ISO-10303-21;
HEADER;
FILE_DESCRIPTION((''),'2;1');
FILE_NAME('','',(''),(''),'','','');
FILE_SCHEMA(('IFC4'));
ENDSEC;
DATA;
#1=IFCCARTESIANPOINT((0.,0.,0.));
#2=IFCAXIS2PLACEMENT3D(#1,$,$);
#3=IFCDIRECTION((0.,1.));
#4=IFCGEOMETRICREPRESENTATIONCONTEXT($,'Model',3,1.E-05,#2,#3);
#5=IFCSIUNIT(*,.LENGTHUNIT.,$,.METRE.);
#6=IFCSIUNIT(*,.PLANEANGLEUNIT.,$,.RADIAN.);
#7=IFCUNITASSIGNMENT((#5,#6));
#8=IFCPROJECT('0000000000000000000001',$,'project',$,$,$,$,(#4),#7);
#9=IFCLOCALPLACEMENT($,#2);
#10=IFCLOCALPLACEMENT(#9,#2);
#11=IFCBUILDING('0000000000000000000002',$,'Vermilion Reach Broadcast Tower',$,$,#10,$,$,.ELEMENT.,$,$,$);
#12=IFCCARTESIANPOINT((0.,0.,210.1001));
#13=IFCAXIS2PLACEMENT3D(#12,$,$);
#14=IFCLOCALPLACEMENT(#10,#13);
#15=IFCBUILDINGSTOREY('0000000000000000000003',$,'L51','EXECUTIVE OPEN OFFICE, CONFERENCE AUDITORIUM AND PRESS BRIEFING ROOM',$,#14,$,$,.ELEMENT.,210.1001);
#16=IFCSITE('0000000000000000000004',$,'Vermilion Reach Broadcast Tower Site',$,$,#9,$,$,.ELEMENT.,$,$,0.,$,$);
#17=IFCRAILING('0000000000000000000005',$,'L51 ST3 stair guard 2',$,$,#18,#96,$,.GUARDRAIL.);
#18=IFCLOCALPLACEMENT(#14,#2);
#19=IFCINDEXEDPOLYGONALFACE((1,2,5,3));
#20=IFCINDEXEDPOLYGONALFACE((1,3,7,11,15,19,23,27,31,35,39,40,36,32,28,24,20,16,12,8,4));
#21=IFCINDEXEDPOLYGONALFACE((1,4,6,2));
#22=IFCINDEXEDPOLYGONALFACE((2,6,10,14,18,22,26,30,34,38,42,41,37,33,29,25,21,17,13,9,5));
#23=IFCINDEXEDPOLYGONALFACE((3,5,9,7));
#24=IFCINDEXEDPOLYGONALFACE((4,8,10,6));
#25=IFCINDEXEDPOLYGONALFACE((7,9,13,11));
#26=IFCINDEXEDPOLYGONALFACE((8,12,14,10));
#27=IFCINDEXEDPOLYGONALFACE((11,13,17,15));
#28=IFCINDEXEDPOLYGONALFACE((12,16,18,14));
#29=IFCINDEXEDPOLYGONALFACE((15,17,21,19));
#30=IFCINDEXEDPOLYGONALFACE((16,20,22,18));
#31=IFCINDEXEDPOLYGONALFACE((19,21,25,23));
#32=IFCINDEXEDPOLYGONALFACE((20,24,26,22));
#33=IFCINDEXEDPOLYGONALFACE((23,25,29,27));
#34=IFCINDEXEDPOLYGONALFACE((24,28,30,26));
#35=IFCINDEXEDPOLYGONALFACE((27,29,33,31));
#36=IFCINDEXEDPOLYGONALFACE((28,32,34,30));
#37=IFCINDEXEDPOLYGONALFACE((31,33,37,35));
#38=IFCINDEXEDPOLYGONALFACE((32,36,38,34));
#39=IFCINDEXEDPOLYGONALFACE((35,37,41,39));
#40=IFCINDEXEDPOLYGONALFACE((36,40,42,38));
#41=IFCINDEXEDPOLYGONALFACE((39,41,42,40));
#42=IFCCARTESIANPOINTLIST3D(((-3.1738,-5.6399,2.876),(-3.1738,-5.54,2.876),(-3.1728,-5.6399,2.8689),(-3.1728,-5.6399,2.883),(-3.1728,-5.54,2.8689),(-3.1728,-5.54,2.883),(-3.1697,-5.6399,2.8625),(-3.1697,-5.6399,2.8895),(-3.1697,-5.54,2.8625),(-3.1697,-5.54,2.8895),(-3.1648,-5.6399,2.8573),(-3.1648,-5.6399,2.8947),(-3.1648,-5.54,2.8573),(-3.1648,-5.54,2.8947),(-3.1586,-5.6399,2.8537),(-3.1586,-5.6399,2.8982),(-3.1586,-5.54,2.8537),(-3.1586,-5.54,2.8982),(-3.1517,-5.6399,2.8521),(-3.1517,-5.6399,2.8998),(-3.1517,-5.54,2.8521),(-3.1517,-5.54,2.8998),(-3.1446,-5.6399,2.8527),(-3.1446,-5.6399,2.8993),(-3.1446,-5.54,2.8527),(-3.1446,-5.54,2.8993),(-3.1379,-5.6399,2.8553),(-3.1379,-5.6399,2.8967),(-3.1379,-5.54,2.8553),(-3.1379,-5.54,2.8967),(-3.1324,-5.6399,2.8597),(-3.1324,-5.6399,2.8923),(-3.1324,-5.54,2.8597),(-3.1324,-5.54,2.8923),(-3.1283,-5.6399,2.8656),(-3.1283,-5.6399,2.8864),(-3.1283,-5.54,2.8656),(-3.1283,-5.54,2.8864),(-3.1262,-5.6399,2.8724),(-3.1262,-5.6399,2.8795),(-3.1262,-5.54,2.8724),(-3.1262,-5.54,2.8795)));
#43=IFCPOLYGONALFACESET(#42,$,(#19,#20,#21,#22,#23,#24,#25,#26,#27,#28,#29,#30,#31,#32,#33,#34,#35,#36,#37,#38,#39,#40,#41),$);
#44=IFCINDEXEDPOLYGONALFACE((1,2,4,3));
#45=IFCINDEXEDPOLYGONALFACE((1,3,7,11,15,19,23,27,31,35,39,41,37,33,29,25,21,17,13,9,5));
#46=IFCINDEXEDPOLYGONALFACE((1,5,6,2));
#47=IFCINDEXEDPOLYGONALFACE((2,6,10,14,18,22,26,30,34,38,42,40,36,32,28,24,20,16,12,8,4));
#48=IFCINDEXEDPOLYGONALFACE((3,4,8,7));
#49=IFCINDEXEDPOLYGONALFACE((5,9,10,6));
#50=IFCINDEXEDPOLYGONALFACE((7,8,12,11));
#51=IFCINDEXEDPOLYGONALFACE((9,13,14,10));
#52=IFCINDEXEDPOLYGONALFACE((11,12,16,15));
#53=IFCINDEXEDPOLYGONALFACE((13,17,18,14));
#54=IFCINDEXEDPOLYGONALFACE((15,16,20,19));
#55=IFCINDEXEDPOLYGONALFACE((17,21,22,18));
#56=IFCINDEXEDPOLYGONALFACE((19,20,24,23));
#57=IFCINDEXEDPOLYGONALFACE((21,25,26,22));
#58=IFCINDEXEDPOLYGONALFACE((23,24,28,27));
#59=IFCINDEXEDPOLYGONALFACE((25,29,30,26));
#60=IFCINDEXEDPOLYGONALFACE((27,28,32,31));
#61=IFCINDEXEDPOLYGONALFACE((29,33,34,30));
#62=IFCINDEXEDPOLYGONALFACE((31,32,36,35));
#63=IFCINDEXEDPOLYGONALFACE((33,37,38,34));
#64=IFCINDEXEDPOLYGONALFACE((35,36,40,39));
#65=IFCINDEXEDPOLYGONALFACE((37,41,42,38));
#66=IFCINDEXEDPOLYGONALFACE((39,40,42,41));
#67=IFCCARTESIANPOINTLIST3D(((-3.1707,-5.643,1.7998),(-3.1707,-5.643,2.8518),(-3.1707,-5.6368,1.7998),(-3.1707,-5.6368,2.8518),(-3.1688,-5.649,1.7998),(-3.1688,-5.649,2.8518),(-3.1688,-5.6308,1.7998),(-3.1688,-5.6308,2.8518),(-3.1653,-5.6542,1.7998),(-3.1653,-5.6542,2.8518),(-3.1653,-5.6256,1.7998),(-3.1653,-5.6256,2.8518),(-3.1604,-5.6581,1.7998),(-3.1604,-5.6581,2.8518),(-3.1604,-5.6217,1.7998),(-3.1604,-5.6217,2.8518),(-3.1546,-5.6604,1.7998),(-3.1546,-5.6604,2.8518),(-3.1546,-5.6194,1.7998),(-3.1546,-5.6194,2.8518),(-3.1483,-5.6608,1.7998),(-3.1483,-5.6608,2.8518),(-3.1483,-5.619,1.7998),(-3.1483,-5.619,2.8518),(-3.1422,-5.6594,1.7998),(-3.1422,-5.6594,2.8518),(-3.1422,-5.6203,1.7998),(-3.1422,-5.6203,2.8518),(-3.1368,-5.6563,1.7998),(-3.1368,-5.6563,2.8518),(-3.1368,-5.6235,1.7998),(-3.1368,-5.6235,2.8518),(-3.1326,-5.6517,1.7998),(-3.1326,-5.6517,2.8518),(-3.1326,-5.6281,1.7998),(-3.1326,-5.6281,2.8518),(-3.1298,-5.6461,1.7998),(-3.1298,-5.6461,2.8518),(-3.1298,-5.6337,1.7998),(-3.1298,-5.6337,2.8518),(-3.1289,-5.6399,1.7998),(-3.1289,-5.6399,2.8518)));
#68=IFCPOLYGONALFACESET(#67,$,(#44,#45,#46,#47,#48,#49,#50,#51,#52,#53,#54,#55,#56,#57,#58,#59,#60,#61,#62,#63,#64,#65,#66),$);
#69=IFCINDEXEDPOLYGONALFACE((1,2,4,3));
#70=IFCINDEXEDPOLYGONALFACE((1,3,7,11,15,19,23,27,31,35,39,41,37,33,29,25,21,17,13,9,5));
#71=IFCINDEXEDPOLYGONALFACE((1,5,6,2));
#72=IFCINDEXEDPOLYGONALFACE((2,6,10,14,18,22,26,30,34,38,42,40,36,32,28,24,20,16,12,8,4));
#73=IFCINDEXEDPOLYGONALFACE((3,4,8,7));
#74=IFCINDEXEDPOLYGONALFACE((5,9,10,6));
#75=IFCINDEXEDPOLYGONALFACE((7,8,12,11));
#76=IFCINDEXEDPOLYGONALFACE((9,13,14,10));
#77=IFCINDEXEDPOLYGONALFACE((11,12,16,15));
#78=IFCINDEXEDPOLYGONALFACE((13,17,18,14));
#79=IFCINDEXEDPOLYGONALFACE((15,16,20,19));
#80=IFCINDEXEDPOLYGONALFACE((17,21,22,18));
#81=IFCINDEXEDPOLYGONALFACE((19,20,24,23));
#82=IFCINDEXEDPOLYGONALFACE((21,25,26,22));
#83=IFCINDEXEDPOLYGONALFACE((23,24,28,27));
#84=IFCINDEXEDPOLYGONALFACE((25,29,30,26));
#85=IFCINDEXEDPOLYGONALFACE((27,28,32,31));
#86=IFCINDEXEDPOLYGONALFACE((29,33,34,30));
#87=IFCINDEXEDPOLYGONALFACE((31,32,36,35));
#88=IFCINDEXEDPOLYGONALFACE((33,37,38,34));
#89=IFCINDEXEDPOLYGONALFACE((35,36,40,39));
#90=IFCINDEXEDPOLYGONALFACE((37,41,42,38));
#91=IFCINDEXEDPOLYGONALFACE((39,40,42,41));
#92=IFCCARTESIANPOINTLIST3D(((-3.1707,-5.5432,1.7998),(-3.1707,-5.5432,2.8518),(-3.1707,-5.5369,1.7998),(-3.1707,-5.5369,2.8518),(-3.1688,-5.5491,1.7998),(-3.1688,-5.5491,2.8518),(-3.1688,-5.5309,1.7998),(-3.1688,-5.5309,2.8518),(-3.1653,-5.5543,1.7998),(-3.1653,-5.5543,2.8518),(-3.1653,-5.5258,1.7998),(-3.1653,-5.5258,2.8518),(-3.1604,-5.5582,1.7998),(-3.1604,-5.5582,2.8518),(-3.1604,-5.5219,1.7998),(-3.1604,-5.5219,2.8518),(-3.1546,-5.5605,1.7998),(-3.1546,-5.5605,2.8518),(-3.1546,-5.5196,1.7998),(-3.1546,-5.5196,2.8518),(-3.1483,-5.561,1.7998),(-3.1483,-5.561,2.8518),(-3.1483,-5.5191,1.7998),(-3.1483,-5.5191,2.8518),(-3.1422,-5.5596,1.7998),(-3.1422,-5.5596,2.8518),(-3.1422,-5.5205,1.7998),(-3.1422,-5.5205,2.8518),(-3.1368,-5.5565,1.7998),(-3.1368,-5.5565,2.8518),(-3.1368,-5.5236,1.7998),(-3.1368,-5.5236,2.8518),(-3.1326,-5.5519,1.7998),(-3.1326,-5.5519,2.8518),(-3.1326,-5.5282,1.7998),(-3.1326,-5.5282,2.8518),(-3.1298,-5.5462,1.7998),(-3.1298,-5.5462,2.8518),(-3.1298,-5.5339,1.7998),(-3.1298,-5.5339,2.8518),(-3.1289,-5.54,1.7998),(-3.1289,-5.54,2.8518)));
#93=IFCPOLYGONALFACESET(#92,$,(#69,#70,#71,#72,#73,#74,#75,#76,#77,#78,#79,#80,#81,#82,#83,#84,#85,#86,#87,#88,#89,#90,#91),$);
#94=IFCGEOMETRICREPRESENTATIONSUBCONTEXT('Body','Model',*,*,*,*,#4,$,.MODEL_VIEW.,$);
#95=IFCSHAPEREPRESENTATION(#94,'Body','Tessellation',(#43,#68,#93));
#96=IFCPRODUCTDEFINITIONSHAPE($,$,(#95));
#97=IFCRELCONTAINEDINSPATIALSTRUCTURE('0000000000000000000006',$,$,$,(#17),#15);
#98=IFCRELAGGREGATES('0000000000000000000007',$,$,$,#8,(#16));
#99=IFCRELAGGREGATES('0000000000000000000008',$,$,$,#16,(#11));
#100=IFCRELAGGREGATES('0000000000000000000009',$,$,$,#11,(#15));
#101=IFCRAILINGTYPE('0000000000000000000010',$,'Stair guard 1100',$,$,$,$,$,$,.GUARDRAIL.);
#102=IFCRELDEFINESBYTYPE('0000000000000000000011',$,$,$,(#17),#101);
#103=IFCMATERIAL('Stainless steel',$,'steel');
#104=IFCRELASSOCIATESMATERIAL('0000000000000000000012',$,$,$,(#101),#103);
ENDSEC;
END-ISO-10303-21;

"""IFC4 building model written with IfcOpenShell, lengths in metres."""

from ifc_helpers import new_model, si_unit, direction, frame, origin, origin_2d, place, context, subcontext, project, spatial, circle, extrude, material, type_object, element, save


model = new_model("IFC4")

# Units and contexts
model_context = context("Model", 3, precision=1e-05, world=origin(), true_north=direction((0.0, 1.0)))
body_context = subcontext(model_context, "Body", "Model", "MODEL_VIEW")
ifc_project = project(units=[si_unit("LENGTHUNIT", "METRE"), si_unit("PLANEANGLEUNIT", "RADIAN")], contexts=[model_context])

# Site, building, storey
site_placement = place(None, origin())
site = spatial("IfcSite", under=ifc_project, at=site_placement, Name="Vermilion Reach Broadcast Tower Site", CompositionType="ELEMENT", RefElevation=0.0)
building_placement = place(site_placement, origin())
building = spatial("IfcBuilding", under=site, at=building_placement, Name="Vermilion Reach Broadcast Tower", CompositionType="ELEMENT")
storey_placement = place(building_placement, frame((0.0, 0.0, 210.1001)))
storey = spatial("IfcBuildingStorey", under=building, at=storey_placement, Name="L51", Description="EXECUTIVE OPEN OFFICE, CONFERENCE AUDITORIUM AND PRESS BRIEFING ROOM", CompositionType="ELEMENT", Elevation=210.1001)

# Railing
ifc_material_1 = material(Name="Stainless steel", Category="steel")
railing_type_1 = type_object("IfcRailingType", Name="Stair guard 1100", PredefinedType="GUARDRAIL", material=ifc_material_1)
railing_1_placement = place(storey_placement, frame((-3.1499, -5.6399, 1.7998)))
element("IfcRailing", 1, at=railing_1_placement, inside=storey, type_object=railing_type_1, Name="L51 ST3 stair guard 2", PredefinedType="GUARDRAIL", context=body_context, shape_type="SweptSolid", body=[
    extrude(circle(Radius=0.0239, at=origin_2d()), frame((0.0, 0.0, 1.0762), z_axis=(0.0, 1.0, 0.0), x_axis=(-1.0, 0.0, 0.0)), (0.0, 0.0, 1.0), 0.0999),
    extrude(circle(Radius=0.021, at=origin_2d()), origin(), (0.0, 0.0, 1.0), 1.052),
    extrude(circle(Radius=0.021, at=origin_2d()), frame((0.0, 0.0999, 0.0)), (0.0, 0.0, 1.0), 1.052),
])

save(model, "model.ifc")
